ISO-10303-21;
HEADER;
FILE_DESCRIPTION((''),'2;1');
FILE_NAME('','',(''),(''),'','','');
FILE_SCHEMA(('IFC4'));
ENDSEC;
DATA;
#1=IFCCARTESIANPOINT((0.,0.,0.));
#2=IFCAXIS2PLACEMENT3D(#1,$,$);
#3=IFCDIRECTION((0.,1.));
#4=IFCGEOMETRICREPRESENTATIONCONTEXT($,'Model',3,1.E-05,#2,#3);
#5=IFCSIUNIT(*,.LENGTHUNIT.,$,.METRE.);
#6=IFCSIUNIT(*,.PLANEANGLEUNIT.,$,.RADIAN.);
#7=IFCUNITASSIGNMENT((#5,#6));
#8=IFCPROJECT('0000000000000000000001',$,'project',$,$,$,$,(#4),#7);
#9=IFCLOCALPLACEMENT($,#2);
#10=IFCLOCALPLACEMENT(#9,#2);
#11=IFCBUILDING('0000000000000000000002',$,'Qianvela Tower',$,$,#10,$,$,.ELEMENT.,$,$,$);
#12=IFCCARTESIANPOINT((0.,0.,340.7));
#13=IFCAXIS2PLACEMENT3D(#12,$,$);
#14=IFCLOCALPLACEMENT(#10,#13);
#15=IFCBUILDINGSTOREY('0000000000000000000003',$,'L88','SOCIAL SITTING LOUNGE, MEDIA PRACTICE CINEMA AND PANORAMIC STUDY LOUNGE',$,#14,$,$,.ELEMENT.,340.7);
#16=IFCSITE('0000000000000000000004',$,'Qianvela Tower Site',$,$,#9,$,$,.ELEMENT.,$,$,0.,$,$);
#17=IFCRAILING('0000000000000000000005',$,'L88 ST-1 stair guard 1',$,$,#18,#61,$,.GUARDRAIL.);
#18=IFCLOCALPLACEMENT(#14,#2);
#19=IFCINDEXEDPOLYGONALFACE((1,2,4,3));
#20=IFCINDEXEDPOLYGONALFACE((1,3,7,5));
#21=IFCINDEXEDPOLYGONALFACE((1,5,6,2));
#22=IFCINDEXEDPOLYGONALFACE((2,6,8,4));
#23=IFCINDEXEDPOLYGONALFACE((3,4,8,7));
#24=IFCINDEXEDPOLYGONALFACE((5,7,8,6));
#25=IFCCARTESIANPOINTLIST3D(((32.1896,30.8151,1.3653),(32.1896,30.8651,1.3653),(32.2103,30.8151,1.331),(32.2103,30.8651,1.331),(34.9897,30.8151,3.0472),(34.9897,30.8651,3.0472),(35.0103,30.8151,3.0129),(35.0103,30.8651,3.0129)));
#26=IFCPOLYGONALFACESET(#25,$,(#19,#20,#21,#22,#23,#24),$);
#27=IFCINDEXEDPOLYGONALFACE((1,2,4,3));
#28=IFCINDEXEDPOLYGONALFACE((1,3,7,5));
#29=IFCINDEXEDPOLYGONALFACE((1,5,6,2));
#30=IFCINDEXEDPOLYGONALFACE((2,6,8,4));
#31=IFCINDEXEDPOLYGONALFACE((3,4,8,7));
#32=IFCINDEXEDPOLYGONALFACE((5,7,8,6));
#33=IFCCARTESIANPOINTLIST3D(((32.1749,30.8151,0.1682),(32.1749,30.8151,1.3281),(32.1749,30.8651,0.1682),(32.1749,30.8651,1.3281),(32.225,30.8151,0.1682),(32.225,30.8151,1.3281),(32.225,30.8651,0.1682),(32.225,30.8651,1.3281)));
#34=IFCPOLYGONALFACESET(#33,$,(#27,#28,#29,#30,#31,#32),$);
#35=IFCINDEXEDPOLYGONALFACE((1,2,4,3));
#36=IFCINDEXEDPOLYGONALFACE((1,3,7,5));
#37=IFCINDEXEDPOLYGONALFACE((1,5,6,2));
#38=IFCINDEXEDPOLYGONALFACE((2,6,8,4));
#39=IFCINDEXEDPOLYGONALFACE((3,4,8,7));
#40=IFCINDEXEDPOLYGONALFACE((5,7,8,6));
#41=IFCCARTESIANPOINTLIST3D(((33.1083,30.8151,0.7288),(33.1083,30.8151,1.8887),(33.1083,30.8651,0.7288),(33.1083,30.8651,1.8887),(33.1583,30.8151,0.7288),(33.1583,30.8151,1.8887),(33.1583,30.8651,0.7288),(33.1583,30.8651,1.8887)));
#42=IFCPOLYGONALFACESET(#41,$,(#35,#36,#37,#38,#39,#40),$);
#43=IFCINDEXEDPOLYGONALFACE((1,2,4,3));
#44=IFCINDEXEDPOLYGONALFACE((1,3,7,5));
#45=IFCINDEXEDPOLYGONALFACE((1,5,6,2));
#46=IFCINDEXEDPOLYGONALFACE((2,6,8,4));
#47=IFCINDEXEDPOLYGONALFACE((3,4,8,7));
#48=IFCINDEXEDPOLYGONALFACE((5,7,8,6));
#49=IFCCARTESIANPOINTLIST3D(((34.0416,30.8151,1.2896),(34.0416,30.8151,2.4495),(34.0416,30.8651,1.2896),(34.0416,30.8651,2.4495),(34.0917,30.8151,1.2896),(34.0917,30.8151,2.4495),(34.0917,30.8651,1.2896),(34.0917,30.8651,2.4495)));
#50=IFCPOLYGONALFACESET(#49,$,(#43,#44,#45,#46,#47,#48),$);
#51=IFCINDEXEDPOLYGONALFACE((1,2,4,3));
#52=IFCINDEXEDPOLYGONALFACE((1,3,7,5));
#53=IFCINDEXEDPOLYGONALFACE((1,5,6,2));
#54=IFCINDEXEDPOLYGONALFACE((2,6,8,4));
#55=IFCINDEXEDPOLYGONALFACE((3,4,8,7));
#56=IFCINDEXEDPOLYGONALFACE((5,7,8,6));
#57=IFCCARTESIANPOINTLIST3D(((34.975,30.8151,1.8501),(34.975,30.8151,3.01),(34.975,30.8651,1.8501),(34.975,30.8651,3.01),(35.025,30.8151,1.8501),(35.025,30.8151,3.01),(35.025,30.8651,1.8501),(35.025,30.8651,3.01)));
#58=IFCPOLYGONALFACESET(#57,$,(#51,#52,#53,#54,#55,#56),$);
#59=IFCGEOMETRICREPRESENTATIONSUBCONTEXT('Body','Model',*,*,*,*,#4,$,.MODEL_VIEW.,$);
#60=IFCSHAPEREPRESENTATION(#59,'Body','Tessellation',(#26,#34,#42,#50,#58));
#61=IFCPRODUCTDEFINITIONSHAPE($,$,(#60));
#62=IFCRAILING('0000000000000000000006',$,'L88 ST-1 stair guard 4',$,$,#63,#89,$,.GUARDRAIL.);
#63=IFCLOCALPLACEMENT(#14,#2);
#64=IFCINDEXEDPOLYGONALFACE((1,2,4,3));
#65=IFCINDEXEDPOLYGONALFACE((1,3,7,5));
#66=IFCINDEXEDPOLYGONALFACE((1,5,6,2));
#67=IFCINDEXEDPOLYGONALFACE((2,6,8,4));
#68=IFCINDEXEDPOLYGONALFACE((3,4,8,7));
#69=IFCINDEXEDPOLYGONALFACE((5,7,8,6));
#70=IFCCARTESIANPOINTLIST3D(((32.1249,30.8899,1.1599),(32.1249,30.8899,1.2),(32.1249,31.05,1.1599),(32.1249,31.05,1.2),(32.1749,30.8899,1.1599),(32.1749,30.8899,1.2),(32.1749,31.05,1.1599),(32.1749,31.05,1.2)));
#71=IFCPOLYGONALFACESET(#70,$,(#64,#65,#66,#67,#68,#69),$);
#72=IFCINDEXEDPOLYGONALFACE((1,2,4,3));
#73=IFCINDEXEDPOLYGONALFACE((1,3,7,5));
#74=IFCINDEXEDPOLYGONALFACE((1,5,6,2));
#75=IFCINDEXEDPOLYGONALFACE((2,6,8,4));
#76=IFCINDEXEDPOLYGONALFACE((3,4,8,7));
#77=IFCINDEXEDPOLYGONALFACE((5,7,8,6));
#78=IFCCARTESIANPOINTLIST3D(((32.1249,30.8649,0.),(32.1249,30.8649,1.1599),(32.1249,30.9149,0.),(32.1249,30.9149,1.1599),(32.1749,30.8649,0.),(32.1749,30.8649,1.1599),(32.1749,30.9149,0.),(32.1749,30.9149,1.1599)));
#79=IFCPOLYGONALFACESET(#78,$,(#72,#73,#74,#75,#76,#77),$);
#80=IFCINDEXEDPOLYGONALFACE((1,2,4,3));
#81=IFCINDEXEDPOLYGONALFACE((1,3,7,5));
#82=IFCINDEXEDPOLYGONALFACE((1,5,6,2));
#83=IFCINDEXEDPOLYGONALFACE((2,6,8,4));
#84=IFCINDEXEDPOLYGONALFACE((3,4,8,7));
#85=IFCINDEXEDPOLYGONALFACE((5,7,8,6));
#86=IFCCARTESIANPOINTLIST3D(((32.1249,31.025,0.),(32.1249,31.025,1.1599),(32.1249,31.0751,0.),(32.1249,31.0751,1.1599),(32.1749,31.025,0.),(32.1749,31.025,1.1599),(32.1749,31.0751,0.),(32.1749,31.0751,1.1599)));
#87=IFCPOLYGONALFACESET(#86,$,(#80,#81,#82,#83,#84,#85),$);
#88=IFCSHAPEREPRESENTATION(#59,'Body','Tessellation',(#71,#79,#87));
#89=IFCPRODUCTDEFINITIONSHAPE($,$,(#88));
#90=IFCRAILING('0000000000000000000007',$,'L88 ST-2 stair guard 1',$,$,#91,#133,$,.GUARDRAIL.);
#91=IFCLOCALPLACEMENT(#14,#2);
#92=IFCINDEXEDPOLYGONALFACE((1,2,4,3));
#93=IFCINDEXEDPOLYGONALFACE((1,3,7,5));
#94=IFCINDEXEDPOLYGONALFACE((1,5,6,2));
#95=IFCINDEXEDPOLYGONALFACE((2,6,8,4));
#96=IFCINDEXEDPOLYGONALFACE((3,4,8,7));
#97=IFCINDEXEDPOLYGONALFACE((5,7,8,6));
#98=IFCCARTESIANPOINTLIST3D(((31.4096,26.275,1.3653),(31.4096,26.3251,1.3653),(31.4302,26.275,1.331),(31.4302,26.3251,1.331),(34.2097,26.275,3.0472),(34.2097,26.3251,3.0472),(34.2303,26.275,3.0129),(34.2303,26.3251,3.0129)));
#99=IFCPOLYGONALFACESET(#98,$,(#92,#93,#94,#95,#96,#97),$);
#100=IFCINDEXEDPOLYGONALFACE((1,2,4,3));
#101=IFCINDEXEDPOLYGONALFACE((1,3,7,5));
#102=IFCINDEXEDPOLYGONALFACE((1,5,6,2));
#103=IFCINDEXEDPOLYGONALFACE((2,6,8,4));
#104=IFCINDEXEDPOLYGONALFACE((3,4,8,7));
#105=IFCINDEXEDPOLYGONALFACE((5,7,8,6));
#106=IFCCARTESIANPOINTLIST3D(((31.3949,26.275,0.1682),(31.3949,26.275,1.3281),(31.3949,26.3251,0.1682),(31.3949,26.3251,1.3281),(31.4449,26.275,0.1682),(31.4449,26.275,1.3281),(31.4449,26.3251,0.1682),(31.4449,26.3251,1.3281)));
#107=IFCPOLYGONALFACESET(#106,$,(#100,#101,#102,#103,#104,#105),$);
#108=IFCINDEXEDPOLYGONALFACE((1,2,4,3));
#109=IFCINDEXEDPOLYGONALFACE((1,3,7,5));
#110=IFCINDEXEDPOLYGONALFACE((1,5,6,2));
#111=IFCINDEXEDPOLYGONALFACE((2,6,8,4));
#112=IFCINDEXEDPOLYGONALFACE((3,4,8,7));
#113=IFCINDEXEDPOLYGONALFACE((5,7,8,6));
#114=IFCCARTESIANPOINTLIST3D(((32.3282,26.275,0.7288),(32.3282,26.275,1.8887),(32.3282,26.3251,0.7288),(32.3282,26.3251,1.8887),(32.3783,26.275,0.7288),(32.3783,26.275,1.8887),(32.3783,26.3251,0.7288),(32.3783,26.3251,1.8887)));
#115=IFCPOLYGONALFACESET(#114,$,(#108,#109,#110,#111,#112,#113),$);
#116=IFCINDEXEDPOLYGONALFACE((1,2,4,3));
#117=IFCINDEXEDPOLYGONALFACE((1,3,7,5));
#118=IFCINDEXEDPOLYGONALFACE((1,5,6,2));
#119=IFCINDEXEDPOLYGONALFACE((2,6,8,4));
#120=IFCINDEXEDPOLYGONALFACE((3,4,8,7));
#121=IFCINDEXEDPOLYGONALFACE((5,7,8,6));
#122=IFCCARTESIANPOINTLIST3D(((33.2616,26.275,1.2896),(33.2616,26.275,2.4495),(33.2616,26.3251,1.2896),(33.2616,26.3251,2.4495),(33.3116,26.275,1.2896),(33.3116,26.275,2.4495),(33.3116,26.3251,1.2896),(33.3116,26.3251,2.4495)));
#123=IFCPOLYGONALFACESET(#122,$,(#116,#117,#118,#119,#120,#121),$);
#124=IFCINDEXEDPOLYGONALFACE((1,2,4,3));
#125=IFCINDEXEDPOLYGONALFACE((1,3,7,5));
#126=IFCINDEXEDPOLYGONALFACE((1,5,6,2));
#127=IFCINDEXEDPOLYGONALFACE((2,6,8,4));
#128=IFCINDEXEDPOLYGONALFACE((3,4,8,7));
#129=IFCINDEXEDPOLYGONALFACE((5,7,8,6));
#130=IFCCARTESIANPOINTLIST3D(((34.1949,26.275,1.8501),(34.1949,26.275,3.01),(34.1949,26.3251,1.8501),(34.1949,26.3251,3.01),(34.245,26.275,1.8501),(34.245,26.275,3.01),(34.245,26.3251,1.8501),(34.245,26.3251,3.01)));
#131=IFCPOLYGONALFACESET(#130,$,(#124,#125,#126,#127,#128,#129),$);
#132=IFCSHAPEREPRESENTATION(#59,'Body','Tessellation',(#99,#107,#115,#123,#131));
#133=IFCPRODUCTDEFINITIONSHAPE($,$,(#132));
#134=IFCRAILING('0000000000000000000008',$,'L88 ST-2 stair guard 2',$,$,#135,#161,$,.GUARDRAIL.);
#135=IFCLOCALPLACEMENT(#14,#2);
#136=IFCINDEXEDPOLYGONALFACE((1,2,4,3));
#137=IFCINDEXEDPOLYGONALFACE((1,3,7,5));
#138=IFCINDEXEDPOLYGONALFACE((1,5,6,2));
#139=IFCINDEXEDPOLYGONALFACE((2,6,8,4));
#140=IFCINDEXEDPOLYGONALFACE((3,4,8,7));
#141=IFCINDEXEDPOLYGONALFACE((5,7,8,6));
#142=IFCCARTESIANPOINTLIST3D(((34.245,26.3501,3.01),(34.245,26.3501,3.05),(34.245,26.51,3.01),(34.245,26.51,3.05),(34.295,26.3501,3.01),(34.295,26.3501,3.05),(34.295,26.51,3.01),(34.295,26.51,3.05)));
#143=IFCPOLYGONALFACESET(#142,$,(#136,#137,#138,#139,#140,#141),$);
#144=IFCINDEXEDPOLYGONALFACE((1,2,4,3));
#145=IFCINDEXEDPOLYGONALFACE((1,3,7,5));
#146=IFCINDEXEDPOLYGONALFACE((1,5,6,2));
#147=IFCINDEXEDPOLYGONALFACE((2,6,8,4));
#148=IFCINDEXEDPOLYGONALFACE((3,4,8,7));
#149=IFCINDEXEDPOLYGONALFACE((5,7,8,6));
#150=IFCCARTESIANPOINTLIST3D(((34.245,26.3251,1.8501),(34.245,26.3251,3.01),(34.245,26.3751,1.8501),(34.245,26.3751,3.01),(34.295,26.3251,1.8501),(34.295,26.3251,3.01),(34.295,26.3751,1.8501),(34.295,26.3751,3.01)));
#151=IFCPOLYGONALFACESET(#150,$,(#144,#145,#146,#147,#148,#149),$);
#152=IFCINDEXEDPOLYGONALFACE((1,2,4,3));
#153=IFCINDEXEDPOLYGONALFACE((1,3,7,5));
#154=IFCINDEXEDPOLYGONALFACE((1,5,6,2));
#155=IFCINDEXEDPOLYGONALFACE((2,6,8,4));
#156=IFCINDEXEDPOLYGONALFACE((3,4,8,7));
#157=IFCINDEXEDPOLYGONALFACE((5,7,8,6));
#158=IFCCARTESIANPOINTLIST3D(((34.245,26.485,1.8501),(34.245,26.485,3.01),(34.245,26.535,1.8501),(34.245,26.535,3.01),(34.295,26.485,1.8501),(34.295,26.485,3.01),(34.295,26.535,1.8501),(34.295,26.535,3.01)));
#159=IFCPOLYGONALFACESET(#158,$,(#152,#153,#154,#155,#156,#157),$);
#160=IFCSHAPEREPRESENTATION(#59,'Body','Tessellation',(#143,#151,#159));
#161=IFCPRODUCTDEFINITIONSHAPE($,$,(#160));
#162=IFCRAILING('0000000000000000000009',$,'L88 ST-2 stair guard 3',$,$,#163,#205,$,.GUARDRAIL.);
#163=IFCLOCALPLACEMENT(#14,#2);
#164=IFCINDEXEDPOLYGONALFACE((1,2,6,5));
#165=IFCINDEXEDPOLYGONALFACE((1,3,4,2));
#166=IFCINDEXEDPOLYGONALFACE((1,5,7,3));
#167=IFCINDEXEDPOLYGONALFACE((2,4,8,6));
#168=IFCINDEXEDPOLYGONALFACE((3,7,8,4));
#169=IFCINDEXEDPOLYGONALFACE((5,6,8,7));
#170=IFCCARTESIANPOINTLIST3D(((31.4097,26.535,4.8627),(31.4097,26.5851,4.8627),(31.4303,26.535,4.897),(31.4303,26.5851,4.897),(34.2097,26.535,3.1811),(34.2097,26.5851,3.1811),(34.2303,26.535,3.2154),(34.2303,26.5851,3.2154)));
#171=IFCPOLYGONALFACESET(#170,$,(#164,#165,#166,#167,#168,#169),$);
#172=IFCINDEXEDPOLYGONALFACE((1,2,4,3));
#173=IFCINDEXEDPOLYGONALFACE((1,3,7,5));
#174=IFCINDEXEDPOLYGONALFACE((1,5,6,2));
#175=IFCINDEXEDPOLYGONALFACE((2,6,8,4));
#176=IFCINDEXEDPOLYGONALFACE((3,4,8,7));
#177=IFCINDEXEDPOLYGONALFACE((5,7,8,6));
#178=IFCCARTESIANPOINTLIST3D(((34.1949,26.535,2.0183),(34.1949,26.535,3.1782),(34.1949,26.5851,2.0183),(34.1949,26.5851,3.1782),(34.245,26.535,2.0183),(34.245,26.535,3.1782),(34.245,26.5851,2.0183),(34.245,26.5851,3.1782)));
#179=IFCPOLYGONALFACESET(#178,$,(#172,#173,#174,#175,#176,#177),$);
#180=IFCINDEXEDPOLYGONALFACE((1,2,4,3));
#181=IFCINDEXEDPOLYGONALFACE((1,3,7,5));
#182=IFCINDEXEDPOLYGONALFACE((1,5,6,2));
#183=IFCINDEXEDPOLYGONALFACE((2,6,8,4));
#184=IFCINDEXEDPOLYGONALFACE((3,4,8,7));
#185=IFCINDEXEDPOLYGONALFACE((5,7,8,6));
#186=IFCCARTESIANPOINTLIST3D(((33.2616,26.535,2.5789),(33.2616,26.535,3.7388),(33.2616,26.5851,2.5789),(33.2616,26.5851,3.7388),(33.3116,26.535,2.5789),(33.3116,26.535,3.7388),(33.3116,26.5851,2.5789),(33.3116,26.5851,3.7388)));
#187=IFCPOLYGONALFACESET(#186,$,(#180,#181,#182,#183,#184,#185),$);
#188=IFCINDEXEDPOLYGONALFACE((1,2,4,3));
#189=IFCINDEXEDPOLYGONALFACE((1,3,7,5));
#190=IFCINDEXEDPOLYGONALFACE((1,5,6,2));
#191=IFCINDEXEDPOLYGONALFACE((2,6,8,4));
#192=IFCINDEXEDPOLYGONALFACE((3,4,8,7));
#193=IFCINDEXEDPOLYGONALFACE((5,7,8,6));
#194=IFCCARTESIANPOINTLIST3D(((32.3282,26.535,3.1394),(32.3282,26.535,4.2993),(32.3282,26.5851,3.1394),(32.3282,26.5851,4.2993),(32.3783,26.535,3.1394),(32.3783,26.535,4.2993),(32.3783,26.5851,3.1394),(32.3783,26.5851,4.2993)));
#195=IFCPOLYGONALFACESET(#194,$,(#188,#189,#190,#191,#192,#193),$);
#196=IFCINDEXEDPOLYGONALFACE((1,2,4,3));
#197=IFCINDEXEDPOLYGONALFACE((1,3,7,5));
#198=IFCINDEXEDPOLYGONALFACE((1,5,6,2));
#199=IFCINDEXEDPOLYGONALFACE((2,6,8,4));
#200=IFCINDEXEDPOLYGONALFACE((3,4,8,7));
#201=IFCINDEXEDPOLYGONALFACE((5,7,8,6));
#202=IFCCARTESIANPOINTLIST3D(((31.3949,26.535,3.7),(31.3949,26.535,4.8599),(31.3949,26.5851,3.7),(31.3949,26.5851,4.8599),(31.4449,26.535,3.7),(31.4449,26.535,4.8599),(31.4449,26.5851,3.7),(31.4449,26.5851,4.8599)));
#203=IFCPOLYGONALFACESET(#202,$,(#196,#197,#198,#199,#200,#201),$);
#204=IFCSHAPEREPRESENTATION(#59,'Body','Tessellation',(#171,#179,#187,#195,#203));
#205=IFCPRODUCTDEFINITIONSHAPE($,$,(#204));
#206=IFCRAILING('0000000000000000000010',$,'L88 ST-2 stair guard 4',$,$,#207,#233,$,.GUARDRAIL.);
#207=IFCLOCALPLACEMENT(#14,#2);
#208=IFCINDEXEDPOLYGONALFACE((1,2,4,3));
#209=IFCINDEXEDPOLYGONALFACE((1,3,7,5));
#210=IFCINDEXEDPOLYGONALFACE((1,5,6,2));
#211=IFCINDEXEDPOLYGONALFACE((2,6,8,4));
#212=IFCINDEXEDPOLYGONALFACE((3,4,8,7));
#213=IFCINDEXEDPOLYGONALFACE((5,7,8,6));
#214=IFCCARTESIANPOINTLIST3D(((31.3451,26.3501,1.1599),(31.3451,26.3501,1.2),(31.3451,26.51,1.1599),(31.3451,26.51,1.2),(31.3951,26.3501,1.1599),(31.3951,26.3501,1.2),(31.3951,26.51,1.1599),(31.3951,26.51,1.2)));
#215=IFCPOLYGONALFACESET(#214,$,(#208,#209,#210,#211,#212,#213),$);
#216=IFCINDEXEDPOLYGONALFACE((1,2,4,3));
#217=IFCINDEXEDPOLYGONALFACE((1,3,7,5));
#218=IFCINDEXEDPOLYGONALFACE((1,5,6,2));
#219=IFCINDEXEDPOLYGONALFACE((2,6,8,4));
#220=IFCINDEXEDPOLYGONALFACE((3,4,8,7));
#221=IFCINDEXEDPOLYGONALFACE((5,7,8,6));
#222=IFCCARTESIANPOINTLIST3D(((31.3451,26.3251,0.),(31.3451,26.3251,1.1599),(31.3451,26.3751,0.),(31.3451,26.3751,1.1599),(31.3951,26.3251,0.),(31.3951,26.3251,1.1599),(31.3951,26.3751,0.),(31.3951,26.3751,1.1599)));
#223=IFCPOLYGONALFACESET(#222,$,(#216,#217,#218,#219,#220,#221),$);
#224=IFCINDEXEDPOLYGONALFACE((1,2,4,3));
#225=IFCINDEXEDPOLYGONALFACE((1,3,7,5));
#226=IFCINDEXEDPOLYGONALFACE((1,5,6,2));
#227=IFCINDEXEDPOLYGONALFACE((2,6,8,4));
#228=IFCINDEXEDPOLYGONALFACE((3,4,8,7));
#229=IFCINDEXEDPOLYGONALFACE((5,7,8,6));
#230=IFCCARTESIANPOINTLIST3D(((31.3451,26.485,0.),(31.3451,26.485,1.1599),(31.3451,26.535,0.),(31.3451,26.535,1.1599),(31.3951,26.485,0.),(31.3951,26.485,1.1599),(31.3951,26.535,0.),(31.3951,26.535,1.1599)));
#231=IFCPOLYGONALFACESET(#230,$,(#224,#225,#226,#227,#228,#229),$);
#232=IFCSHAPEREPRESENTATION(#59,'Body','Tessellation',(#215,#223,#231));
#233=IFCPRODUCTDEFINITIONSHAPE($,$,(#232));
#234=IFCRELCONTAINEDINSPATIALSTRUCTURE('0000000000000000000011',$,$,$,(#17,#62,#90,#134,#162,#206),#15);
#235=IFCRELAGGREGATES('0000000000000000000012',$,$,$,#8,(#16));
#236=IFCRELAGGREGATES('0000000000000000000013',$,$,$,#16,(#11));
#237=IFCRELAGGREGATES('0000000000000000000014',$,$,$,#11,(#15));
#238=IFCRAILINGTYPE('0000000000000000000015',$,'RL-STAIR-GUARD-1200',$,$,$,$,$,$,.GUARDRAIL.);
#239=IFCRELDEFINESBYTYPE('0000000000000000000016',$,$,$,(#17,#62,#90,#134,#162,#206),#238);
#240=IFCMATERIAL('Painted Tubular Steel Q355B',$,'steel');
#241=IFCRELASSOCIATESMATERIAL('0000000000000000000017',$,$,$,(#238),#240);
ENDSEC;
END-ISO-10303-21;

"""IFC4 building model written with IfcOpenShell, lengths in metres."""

from ifc_helpers import new_model, si_unit, direction, frame, origin, origin_2d, place, context, subcontext, project, spatial, rectangle, extrude, material, type_object, element, save


model = new_model("IFC4")

# Units and contexts
model_context = context("Model", 3, precision=1e-05, world=origin(), true_north=direction((0.0, 1.0)))
body_context = subcontext(model_context, "Body", "Model", "MODEL_VIEW")
ifc_project = project(units=[si_unit("LENGTHUNIT", "METRE"), si_unit("PLANEANGLEUNIT", "RADIAN")], contexts=[model_context])

# Site, building, storey
site_placement = place(None, origin())
site = spatial("IfcSite", under=ifc_project, at=site_placement, Name="Qianvela Tower Site", CompositionType="ELEMENT", RefElevation=0.0)
building_placement = place(site_placement, origin())
building = spatial("IfcBuilding", under=site, at=building_placement, Name="Qianvela Tower", CompositionType="ELEMENT")
storey_placement = place(building_placement, frame((0.0, 0.0, 340.7)))
storey = spatial("IfcBuildingStorey", under=building, at=storey_placement, Name="L88", Description="SOCIAL SITTING LOUNGE, MEDIA PRACTICE CINEMA AND PANORAMIC STUDY LOUNGE", CompositionType="ELEMENT", Elevation=340.7)

# Railings
ifc_material_1 = material(Name="Painted Tubular Steel Q355B", Category="steel")
railing_type_1 = type_object("IfcRailingType", Name="RL-STAIR-GUARD-1200", PredefinedType="GUARDRAIL", material=ifc_material_1)
railing_1_placement = place(storey_placement, frame((32.2, 30.8401, 0.1682)))
element("IfcRailing", 1, at=railing_1_placement, inside=storey, type_object=railing_type_1, Name="L88 ST-1 stair guard 1", PredefinedType="GUARDRAIL", context=body_context, shape_type="SweptSolid", body=[
    extrude(rectangle(XDim=0.05, YDim=0.04, at=origin_2d()), frame((0.0, 0.0, 1.1799), z_axis=(0.857242, 0.0, 0.514913), x_axis=(0.0, 1.0, 0.0)), (0.0, 0.0, 1.0), 3.2664),
    extrude(rectangle(XDim=0.05, YDim=0.05, at=origin_2d()), origin(), (0.0, 0.0, 1.0), 1.1599),
    extrude(rectangle(XDim=0.05, YDim=0.05, at=origin_2d()), frame((0.9333, 0.0, 0.5605)), (0.0, 0.0, 1.0), 1.1599),
    extrude(rectangle(XDim=0.05, YDim=0.05, at=origin_2d()), frame((1.8667, 0.0, 1.1213)), (0.0, 0.0, 1.0), 1.1599),
    extrude(rectangle(XDim=0.05, YDim=0.05, at=origin_2d()), frame((2.8, 0.0, 1.6819)), (0.0, 0.0, 1.0), 1.1599),
])
railing_2_placement = place(storey_placement, frame((32.1499, 30.8899, 0.0)))
element("IfcRailing", 2, at=railing_2_placement, inside=storey, type_object=railing_type_1, Name="L88 ST-1 stair guard 4", PredefinedType="GUARDRAIL", context=body_context, shape_type="SweptSolid", body=[
    extrude(rectangle(XDim=0.05, YDim=0.04, at=origin_2d()), frame((0.0, 0.0, 1.1799), z_axis=(0.0, 1.0, 0.0), x_axis=(-1.0, 0.0, 0.0)), (0.0, 0.0, 1.0), 0.1602),
    extrude(rectangle(XDim=0.05, YDim=0.05, at=origin_2d()), origin(), (0.0, 0.0, 1.0), 1.1599),
    extrude(rectangle(XDim=0.05, YDim=0.05, at=origin_2d()), frame((0.0, 0.1602, 0.0)), (0.0, 0.0, 1.0), 1.1599),
])
railing_3_placement = place(storey_placement, frame((31.4199, 26.3, 0.1682)))
element("IfcRailing", 3, at=railing_3_placement, inside=storey, type_object=railing_type_1, Name="L88 ST-2 stair guard 1", PredefinedType="GUARDRAIL", context=body_context, shape_type="SweptSolid", body=[
    extrude(rectangle(XDim=0.05, YDim=0.04, at=origin_2d()), frame((0.0, 0.0, 1.1799), z_axis=(0.857242, 0.0, 0.514913), x_axis=(0.0, 1.0, 0.0)), (0.0, 0.0, 1.0), 3.2664),
    extrude(rectangle(XDim=0.05, YDim=0.05, at=origin_2d()), origin(), (0.0, 0.0, 1.0), 1.1599),
    extrude(rectangle(XDim=0.05, YDim=0.05, at=origin_2d()), frame((0.9333, 0.0, 0.5605)), (0.0, 0.0, 1.0), 1.1599),
    extrude(rectangle(XDim=0.05, YDim=0.05, at=origin_2d()), frame((1.8667, 0.0, 1.1213)), (0.0, 0.0, 1.0), 1.1599),
    extrude(rectangle(XDim=0.05, YDim=0.05, at=origin_2d()), frame((2.8, 0.0, 1.6819)), (0.0, 0.0, 1.0), 1.1599),
])
railing_4_placement = place(storey_placement, frame((34.27, 26.3501, 1.8501)))
element("IfcRailing", 4, at=railing_4_placement, inside=storey, type_object=railing_type_1, Name="L88 ST-2 stair guard 2", PredefinedType="GUARDRAIL", context=body_context, shape_type="SweptSolid", body=[
    extrude(rectangle(XDim=0.05, YDim=0.04, at=origin_2d()), frame((0.0, 0.0, 1.1799), z_axis=(0.0, 1.0, 0.0), x_axis=(-1.0, 0.0, 0.0)), (0.0, 0.0, 1.0), 0.1599),
    extrude(rectangle(XDim=0.05, YDim=0.05, at=origin_2d()), origin(), (0.0, 0.0, 1.0), 1.1599),
    extrude(rectangle(XDim=0.05, YDim=0.05, at=origin_2d()), frame((0.0, 0.1599, 0.0)), (0.0, 0.0, 1.0), 1.1599),
])
railing_5_placement = place(storey_placement, frame((34.22, 26.5601, 2.0183)))
element("IfcRailing", 5, at=railing_5_placement, inside=storey, type_object=railing_type_1, Name="L88 ST-2 stair guard 3", PredefinedType="GUARDRAIL", context=body_context, shape_type="SweptSolid", body=[
    extrude(rectangle(XDim=0.05, YDim=0.04, at=origin_2d()), frame((0.0, 0.0, 1.1799), z_axis=(-0.857275, 0.0, 0.514858), x_axis=(0.0, -1.0, 0.0)), (0.0, 0.0, 1.0), 3.2661),
    extrude(rectangle(XDim=0.05, YDim=0.05, at=origin_2d()), origin(), (0.0, 0.0, 1.0), 1.1599),
    extrude(rectangle(XDim=0.05, YDim=0.05, at=origin_2d()), frame((-0.9333, 0.0, 0.5605)), (0.0, 0.0, 1.0), 1.1599),
    extrude(rectangle(XDim=0.05, YDim=0.05, at=origin_2d()), frame((-1.8667, 0.0, 1.1211)), (0.0, 0.0, 1.0), 1.1599),
    extrude(rectangle(XDim=0.05, YDim=0.05, at=origin_2d()), frame((-2.8, 0.0, 1.6816)), (0.0, 0.0, 1.0), 1.1599),
])
railing_6_placement = place(storey_placement, frame((31.3701, 26.3501, 0.0)))
element("IfcRailing", 6, at=railing_6_placement, inside=storey, type_object=railing_type_1, Name="L88 ST-2 stair guard 4", PredefinedType="GUARDRAIL", context=body_context, shape_type="SweptSolid", body=[
    extrude(rectangle(XDim=0.05, YDim=0.04, at=origin_2d()), frame((0.0, 0.0, 1.1799), z_axis=(0.0, 1.0, 0.0), x_axis=(-1.0, 0.0, 0.0)), (0.0, 0.0, 1.0), 0.1599),
    extrude(rectangle(XDim=0.05, YDim=0.05, at=origin_2d()), origin(), (0.0, 0.0, 1.0), 1.1599),
    extrude(rectangle(XDim=0.05, YDim=0.05, at=origin_2d()), frame((0.0, 0.1599, 0.0)), (0.0, 0.0, 1.0), 1.1599),
])

save(model, "model.ifc")
